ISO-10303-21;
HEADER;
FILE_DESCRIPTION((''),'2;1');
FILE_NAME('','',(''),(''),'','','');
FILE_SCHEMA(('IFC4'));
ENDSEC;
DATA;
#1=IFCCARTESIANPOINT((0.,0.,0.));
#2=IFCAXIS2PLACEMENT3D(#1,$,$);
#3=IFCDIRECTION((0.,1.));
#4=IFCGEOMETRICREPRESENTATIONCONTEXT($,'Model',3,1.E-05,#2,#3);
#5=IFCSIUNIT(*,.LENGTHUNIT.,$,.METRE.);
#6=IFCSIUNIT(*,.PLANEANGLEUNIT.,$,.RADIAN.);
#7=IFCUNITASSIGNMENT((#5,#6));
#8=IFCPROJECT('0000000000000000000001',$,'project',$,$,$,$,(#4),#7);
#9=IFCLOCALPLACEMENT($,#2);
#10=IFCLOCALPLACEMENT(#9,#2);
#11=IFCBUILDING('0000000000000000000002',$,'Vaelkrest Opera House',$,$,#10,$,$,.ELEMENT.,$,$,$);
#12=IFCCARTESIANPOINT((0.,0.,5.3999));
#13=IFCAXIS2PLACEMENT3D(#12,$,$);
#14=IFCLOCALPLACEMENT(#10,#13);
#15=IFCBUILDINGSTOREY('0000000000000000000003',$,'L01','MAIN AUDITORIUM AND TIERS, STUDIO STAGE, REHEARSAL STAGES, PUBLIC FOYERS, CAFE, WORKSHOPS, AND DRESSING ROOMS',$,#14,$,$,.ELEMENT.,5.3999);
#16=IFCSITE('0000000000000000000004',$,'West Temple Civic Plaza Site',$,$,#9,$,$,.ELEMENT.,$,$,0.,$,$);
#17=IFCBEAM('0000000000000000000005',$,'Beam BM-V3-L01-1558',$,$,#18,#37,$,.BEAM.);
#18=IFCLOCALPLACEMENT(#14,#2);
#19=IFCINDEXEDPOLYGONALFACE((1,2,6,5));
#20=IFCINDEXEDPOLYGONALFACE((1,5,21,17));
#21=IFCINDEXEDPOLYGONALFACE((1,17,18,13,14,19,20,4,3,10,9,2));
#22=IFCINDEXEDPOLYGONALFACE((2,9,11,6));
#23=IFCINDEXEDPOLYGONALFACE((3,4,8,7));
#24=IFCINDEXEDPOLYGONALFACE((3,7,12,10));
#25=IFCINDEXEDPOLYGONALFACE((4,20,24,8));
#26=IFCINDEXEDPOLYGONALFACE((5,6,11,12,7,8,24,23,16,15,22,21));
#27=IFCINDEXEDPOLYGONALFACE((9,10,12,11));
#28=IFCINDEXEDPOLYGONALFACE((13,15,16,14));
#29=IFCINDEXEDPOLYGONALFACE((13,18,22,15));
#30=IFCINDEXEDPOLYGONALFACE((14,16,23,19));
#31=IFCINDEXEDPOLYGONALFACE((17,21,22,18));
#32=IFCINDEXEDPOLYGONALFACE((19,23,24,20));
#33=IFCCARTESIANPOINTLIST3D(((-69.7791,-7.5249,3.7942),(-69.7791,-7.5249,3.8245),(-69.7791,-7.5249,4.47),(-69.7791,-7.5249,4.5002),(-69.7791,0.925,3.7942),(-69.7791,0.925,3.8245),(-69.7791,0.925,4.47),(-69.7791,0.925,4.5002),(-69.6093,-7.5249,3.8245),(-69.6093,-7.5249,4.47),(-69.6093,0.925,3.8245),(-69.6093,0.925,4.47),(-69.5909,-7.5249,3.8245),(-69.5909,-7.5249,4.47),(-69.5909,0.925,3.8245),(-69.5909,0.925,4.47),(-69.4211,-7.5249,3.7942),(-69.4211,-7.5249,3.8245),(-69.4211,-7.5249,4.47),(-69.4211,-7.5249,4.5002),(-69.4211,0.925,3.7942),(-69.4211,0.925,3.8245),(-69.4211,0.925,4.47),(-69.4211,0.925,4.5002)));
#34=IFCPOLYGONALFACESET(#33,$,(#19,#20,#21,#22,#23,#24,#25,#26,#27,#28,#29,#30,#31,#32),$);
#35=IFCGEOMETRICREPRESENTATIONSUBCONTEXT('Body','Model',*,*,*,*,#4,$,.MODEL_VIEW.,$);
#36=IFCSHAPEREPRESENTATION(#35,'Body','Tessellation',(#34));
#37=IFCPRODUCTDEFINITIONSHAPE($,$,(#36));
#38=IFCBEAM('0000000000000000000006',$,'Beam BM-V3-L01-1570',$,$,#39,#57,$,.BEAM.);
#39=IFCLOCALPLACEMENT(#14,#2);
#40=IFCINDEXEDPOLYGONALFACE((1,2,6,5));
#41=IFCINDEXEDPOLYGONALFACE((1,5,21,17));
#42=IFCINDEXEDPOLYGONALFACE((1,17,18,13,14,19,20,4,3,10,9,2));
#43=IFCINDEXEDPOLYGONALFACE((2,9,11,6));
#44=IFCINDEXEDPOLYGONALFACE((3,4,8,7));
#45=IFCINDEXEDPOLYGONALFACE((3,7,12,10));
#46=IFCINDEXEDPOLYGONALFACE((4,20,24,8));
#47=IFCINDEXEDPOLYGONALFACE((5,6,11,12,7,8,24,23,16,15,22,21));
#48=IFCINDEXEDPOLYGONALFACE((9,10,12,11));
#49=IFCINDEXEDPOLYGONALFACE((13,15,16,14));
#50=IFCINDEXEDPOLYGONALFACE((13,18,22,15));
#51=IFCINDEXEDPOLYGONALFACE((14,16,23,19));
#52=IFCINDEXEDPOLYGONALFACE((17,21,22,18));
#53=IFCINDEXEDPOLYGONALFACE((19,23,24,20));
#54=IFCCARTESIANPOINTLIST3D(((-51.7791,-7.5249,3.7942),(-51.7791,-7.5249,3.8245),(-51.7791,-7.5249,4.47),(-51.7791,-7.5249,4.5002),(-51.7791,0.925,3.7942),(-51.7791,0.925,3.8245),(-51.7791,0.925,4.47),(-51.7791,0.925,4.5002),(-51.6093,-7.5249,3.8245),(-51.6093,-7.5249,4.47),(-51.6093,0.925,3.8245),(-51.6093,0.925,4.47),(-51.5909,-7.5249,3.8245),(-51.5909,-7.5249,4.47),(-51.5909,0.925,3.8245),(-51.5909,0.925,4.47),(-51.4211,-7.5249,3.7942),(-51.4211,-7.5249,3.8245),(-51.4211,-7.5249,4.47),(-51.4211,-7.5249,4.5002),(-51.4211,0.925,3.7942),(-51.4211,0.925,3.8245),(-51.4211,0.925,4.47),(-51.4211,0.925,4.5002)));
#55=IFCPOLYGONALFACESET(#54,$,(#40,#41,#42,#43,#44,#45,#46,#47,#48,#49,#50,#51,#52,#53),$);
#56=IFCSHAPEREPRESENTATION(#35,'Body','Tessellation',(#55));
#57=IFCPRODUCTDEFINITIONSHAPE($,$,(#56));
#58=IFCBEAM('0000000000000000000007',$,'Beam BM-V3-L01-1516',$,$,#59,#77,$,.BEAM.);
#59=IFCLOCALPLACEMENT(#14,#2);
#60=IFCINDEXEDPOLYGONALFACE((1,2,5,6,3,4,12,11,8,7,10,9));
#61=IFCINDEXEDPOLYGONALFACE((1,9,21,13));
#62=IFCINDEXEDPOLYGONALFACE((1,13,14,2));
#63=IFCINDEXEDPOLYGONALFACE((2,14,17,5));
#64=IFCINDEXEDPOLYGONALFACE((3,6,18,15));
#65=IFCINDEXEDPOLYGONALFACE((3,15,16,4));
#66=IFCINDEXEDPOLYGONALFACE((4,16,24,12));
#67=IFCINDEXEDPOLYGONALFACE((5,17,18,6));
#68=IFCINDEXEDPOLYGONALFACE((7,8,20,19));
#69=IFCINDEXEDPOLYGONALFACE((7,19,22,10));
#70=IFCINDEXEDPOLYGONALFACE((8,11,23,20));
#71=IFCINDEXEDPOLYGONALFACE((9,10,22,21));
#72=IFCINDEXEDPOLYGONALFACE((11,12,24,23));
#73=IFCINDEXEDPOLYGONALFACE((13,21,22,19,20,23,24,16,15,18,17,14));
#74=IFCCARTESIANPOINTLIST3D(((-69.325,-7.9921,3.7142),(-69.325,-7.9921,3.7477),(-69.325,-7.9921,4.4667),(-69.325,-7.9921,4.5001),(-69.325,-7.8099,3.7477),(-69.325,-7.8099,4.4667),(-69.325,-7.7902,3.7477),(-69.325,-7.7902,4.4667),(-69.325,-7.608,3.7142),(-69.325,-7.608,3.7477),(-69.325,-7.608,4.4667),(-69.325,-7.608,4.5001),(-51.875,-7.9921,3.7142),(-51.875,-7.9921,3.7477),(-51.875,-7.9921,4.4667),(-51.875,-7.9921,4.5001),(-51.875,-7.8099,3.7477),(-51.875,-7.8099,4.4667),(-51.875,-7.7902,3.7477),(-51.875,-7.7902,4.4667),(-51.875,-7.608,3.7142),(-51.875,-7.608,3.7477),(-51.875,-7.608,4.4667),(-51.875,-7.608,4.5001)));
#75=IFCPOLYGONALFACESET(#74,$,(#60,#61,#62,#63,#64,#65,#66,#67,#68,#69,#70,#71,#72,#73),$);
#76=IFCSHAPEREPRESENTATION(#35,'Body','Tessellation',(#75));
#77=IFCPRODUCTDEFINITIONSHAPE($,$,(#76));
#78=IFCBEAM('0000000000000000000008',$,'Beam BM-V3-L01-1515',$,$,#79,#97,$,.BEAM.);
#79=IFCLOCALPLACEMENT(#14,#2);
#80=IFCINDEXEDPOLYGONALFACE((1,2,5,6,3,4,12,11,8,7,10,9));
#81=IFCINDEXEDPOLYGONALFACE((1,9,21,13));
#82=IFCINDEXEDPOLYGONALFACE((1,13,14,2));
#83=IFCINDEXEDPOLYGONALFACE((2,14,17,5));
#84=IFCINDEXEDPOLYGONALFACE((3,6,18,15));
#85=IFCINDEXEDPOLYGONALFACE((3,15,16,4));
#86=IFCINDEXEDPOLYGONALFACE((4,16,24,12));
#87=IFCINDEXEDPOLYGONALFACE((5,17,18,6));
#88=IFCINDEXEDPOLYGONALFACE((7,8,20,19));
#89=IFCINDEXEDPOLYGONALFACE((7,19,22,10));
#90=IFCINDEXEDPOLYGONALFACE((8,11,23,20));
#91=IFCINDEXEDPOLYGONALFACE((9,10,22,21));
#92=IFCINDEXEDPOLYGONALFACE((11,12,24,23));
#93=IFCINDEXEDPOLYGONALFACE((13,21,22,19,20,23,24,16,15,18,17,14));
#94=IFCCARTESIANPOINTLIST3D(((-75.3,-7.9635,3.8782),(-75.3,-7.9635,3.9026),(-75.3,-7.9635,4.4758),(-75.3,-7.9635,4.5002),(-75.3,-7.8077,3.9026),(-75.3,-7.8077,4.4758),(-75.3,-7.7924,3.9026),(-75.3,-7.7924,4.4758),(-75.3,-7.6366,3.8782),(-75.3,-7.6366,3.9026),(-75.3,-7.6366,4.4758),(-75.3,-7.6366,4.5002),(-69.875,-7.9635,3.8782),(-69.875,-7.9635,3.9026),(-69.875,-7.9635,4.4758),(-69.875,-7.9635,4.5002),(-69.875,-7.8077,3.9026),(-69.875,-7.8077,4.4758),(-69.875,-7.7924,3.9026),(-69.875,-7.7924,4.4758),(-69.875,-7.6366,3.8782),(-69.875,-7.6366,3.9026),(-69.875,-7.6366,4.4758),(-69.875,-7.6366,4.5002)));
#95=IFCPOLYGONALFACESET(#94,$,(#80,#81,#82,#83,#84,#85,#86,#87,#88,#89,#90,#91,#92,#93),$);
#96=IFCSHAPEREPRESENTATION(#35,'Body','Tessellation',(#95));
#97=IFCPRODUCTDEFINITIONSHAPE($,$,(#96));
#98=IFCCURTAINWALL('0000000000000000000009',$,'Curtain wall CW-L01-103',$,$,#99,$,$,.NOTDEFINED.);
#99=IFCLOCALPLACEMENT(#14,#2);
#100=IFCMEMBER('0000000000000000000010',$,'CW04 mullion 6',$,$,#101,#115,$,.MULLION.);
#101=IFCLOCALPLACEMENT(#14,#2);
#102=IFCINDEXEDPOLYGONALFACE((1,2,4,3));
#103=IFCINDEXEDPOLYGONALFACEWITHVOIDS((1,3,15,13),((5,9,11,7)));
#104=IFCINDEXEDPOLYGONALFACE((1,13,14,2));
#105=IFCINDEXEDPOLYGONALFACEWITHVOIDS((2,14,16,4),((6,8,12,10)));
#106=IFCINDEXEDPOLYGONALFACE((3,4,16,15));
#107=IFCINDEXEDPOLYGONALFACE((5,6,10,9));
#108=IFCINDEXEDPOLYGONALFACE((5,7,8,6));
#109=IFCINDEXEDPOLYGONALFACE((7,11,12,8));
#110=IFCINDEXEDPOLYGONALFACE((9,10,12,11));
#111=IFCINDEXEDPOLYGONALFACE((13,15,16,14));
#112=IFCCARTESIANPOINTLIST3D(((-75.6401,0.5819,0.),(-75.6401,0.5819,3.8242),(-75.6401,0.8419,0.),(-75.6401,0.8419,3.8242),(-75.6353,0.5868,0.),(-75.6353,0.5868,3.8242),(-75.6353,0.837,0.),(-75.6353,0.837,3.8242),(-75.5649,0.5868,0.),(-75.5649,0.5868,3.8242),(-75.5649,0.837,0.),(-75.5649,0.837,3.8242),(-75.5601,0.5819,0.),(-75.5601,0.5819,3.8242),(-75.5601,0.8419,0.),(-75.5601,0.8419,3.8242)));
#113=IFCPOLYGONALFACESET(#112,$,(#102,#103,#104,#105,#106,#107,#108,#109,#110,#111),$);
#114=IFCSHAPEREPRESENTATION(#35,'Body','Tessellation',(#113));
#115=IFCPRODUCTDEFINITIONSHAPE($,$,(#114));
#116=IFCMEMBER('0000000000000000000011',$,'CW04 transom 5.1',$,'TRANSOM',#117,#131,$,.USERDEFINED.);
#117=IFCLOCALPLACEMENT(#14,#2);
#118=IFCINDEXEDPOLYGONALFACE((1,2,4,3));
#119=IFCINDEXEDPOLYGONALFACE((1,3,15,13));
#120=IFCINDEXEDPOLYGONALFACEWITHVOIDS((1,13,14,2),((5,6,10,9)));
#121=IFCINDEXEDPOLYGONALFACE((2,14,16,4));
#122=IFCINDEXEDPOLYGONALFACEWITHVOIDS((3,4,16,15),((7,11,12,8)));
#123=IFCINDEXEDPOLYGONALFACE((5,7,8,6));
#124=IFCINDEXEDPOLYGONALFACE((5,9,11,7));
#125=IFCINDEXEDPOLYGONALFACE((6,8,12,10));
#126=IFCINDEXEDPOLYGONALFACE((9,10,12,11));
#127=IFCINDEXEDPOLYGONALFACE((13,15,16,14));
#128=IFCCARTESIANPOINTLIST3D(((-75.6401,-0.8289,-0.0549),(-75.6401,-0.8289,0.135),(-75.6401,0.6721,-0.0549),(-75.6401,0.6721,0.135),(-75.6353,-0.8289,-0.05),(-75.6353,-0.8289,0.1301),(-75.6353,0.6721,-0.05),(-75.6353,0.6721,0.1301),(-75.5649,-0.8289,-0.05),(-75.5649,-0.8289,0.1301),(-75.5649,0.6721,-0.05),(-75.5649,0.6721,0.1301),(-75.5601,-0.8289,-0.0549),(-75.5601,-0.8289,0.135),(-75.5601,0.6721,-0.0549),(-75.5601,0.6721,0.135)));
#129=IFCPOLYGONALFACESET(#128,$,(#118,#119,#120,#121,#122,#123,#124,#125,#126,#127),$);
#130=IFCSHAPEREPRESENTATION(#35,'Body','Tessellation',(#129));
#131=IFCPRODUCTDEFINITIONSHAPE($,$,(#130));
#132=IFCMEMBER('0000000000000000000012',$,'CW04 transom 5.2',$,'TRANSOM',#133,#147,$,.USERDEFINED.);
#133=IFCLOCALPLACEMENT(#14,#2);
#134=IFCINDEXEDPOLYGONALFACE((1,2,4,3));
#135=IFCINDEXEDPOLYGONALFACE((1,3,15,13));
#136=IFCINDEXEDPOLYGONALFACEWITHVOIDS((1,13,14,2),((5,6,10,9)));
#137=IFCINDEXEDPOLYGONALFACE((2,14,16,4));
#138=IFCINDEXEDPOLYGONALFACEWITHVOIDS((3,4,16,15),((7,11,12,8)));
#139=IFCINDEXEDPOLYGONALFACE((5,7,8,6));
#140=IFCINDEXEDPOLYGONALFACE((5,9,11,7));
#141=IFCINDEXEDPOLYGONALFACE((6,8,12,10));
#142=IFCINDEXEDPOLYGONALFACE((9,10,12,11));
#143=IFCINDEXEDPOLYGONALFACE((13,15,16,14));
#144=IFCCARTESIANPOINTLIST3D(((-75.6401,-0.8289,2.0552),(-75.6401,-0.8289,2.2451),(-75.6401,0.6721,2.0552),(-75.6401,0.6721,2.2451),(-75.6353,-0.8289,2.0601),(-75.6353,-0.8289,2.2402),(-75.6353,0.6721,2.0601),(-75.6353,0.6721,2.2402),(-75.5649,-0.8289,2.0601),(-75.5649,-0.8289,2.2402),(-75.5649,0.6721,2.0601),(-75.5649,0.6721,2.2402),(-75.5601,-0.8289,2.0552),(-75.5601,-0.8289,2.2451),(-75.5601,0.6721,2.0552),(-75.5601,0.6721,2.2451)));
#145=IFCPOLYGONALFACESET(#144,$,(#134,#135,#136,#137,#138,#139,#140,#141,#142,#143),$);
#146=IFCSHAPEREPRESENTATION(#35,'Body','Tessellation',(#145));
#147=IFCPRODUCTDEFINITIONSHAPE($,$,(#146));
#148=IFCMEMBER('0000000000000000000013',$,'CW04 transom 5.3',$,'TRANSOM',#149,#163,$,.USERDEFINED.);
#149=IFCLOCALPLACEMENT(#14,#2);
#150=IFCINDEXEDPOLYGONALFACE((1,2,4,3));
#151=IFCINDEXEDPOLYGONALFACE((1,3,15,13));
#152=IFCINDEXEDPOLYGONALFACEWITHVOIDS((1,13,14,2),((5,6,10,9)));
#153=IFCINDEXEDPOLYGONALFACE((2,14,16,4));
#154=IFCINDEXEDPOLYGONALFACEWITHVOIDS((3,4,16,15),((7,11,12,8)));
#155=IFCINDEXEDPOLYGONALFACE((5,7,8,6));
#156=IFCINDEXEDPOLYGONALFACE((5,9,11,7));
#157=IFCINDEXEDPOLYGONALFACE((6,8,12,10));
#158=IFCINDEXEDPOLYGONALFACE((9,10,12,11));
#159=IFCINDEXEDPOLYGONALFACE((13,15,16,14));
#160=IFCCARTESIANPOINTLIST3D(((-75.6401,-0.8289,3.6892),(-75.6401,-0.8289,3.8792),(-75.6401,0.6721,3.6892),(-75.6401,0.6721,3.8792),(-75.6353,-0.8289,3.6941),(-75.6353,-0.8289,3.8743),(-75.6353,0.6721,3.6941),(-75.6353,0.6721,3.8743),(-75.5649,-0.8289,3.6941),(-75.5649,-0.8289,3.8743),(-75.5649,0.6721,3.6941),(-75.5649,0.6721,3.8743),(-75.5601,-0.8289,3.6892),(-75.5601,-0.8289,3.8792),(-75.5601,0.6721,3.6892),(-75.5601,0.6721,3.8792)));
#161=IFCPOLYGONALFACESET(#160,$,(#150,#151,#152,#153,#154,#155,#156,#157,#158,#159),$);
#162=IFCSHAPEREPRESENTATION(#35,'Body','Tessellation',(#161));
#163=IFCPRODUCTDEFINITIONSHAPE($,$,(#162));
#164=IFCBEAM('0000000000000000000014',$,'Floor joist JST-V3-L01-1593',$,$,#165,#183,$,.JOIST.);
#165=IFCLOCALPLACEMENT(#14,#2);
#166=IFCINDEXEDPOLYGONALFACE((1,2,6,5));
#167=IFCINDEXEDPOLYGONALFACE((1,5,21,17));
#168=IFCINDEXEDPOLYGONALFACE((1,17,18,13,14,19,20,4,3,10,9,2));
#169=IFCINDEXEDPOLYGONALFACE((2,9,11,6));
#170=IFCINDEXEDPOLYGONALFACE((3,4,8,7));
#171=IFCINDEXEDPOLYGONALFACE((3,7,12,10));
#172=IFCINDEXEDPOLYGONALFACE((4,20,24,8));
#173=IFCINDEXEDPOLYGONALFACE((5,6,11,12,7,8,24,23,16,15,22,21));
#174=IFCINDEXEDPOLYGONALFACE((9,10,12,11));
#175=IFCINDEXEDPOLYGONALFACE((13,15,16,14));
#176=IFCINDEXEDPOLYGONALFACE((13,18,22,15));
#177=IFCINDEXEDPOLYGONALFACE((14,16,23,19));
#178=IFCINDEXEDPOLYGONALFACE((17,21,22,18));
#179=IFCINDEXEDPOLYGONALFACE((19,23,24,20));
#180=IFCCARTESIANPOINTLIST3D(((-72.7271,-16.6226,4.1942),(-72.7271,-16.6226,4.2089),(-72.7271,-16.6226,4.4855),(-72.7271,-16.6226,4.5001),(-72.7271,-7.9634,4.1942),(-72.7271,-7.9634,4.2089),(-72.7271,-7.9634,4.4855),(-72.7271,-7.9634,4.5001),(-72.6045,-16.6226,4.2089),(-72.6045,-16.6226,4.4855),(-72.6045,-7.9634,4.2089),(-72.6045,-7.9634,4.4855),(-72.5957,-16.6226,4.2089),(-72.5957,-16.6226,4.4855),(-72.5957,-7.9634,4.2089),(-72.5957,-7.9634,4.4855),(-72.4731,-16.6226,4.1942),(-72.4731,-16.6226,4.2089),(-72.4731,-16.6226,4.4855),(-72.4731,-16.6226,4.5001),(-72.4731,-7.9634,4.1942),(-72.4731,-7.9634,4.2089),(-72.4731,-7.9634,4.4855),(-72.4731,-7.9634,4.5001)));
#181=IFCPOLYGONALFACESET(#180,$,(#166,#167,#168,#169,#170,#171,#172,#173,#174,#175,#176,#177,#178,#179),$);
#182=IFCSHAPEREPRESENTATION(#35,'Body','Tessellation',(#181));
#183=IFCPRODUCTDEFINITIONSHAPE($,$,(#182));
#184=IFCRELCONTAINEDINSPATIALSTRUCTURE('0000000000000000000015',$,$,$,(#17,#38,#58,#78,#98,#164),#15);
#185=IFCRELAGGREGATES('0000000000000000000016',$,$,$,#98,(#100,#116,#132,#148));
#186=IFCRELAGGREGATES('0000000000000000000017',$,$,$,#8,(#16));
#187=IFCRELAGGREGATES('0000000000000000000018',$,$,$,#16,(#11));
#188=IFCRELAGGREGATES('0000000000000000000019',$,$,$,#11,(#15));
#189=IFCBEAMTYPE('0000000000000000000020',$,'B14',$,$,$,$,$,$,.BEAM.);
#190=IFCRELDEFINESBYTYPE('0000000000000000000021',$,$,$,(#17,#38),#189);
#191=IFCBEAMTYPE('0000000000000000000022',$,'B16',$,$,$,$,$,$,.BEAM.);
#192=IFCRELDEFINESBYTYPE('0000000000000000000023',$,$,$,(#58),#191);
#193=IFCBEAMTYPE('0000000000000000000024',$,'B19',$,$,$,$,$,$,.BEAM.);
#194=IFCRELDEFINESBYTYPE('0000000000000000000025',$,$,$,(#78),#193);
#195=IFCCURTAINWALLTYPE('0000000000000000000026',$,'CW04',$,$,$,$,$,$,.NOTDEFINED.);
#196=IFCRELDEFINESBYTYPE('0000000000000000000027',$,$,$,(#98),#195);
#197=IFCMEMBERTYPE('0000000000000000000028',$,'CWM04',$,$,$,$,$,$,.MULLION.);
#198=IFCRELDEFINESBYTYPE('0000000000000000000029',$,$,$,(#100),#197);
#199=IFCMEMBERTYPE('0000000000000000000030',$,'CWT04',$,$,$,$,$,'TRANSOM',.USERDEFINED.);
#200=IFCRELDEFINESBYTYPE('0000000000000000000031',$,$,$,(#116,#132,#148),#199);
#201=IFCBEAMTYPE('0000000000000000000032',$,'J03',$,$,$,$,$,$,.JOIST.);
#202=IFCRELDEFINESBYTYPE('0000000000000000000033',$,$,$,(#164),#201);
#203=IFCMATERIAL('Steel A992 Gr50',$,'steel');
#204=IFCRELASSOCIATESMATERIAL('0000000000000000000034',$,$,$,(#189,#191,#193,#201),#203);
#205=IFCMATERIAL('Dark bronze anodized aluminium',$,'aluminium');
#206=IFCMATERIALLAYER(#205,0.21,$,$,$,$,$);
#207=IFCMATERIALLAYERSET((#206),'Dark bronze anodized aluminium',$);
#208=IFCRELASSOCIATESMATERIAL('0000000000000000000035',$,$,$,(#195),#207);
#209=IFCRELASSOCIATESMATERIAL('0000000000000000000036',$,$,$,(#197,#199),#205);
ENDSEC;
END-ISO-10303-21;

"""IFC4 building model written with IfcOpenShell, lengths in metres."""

from ifc_helpers import new_model, si_unit, direction, frame, origin, origin_2d, place, context, subcontext, project, spatial, hollow_rectangle, i_section, extrude, material, layer, layer_set, material_profile, profile_set, type_object, element, aggregate, save


model = new_model("IFC4")

# Units and contexts
model_context = context("Model", 3, precision=1e-05, world=origin(), true_north=direction((0.0, 1.0)))
body_context = subcontext(model_context, "Body", "Model", "MODEL_VIEW")
ifc_project = project(units=[si_unit("LENGTHUNIT", "METRE"), si_unit("PLANEANGLEUNIT", "RADIAN")], contexts=[model_context])

# Site, building, storey
site_placement = place(None, origin())
site = spatial("IfcSite", under=ifc_project, at=site_placement, Name="West Temple Civic Plaza Site", CompositionType="ELEMENT", RefElevation=0.0)
building_placement = place(site_placement, origin())
building = spatial("IfcBuilding", under=site, at=building_placement, Name="Vaelkrest Opera House", CompositionType="ELEMENT")
storey_placement = place(building_placement, frame((0.0, 0.0, 5.3999)))
storey = spatial("IfcBuildingStorey", under=building, at=storey_placement, Name="L01", Description="MAIN AUDITORIUM AND TIERS, STUDIO STAGE, REHEARSAL STAGES, PUBLIC FOYERS, CAFE, WORKSHOPS, AND DRESSING ROOMS", CompositionType="ELEMENT", Elevation=5.3999)

# Beams
ifc_material_1 = material(Name="Steel A992 Gr50", Category="steel")
ifc_material_profile_1 = material_profile(ifc_material_1, i_section(OverallWidth=0.3579, OverallDepth=0.7061, WebThickness=0.0183, FlangeThickness=0.0303, at=origin_2d()), Name="W27X178")
ifc_profile_set_1 = profile_set([ifc_material_profile_1], Name="Steel A992 Gr50")
beam_type_1 = type_object("IfcBeamType", Name="B14", PredefinedType="BEAM", material=ifc_profile_set_1)
for number, where, z_axis, x_axis, name in (
    (1, (-69.6001, -7.5249, 4.1472), (0.0, 1.0, 0.0), (-1.0, 0.0, 0.0), "Beam BM-V3-L01-1558"),
    (2, (-51.6001, -7.5249, 4.1472), (0.0, 1.0, 0.0), (-1.0, 0.0, 0.0), "Beam BM-V3-L01-1570"),
):
    element("IfcBeam", number, at=place(storey_placement, frame(where, z_axis=z_axis, x_axis=x_axis)), inside=storey, type_object=beam_type_1, Name=name, PredefinedType="BEAM", context=body_context, shape_type="SweptSolid", body=[
        extrude(i_section(OverallWidth=0.3579, OverallDepth=0.7061, WebThickness=0.0183, FlangeThickness=0.0303, at=origin_2d()), origin(), (0.0, 0.0, 1.0), 8.45),
    ])
ifc_material_profile_2 = material_profile(ifc_material_1, i_section(OverallWidth=0.384, OverallDepth=0.7859, WebThickness=0.0198, FlangeThickness=0.0334, at=origin_2d()), Name="W30X211")
ifc_profile_set_2 = profile_set([ifc_material_profile_2], Name="Steel A992 Gr50")
beam_type_2 = type_object("IfcBeamType", Name="B16", PredefinedType="BEAM", material=ifc_profile_set_2)
beam_1_placement = place(storey_placement, frame((-69.325, -7.8, 4.1072), z_axis=(1.0, 0.0, 0.0), x_axis=(0.0, 1.0, 0.0)))
element("IfcBeam", 3, at=beam_1_placement, inside=storey, type_object=beam_type_2, Name="Beam BM-V3-L01-1516", PredefinedType="BEAM", context=body_context, shape_type="SweptSolid", body=[
    extrude(i_section(OverallWidth=0.384, OverallDepth=0.7859, WebThickness=0.0198, FlangeThickness=0.0334, at=origin_2d()), origin(), (0.0, 0.0, 1.0), 17.45),
])
ifc_material_profile_3 = material_profile(ifc_material_1, i_section(OverallWidth=0.3269, OverallDepth=0.6221, WebThickness=0.0154, FlangeThickness=0.0244, at=origin_2d()), Name="W24X131")
ifc_profile_set_3 = profile_set([ifc_material_profile_3], Name="Steel A992 Gr50")
beam_type_3 = type_object("IfcBeamType", Name="B19", PredefinedType="BEAM", material=ifc_profile_set_3)
beam_2_placement = place(storey_placement, frame((-75.3, -7.8, 4.1892), z_axis=(1.0, 0.0, 0.0), x_axis=(0.0, 1.0, 0.0)))
element("IfcBeam", 4, at=beam_2_placement, inside=storey, type_object=beam_type_3, Name="Beam BM-V3-L01-1515", PredefinedType="BEAM", context=body_context, shape_type="SweptSolid", body=[
    extrude(i_section(OverallWidth=0.3269, OverallDepth=0.6221, WebThickness=0.0154, FlangeThickness=0.0244, at=origin_2d()), origin(), (0.0, 0.0, 1.0), 5.425),
])

# Curtain wall, members
ifc_material_2 = material(Name="Dark bronze anodized aluminium", Category="aluminium")
ifc_layer_1 = layer(ifc_material_2, 0.21)
ifc_layer_set_1 = layer_set([ifc_layer_1], Name="Dark bronze anodized aluminium")
curtain_wall_type = type_object("IfcCurtainWallType", Name="CW04", PredefinedType="NOTDEFINED", material=ifc_layer_set_1)
curtain_wall_placement = place(storey_placement, origin())
curtain_wall = element("IfcCurtainWall", 5, at=curtain_wall_placement, inside=storey, type_object=curtain_wall_type, Name="Curtain wall CW-L01-103", PredefinedType="NOTDEFINED")
ifc_material_profile_4 = material_profile(ifc_material_2, hollow_rectangle(XDim=0.0801, YDim=0.26, WallThickness=0.0049, at=origin_2d()), Name="CWM80X260")
ifc_profile_set_4 = profile_set([ifc_material_profile_4], Name="Dark bronze anodized aluminium")
member_type_1 = type_object("IfcMemberType", Name="CWM04", PredefinedType="MULLION", material=ifc_profile_set_4)
member_1_placement = place(storey_placement, frame((-75.6001, 0.7119, 0.0), z_axis=(0.0, 0.0, 1.0), x_axis=(-1.0, 0.0, 0.0)))
member_1 = element("IfcMember", 6, at=member_1_placement, type_object=member_type_1, Name="CW04 mullion 6", PredefinedType="MULLION", context=body_context, shape_type="SweptSolid", body=[
    extrude(hollow_rectangle(XDim=0.0801, YDim=0.26, WallThickness=0.0049, at=origin_2d()), origin(), (0.0, 0.0, 1.0), 3.8242),
])
ifc_material_profile_5 = material_profile(ifc_material_2, hollow_rectangle(XDim=0.0801, YDim=0.1899, WallThickness=0.0049, at=origin_2d()), Name="CWT80X190")
ifc_profile_set_5 = profile_set([ifc_material_profile_5], Name="Dark bronze anodized aluminium")
member_type_2 = type_object("IfcMemberType", Name="CWT04", ElementType="TRANSOM", PredefinedType="USERDEFINED", material=ifc_profile_set_5)
member_2_placement = place(storey_placement, frame((-75.6001, -0.8289, 0.04), z_axis=(0.0, 1.0, 0.0), x_axis=(-1.0, 0.0, 0.0)))
member_2 = element("IfcMember", 7, at=member_2_placement, type_object=member_type_2, Name="CW04 transom 5.1", ObjectType="TRANSOM", PredefinedType="USERDEFINED", context=body_context, shape_type="SweptSolid", body=[
    extrude(hollow_rectangle(XDim=0.0801, YDim=0.1899, WallThickness=0.0049, at=origin_2d()), origin(), (0.0, 0.0, 1.0), 1.501),
])
member_3_placement = place(storey_placement, frame((-75.6001, -0.8289, 2.1501), z_axis=(0.0, 1.0, 0.0), x_axis=(-1.0, 0.0, 0.0)))
member_3 = element("IfcMember", 8, at=member_3_placement, type_object=member_type_2, Name="CW04 transom 5.2", ObjectType="TRANSOM", PredefinedType="USERDEFINED", context=body_context, shape_type="SweptSolid", body=[
    extrude(hollow_rectangle(XDim=0.0801, YDim=0.1899, WallThickness=0.0049, at=origin_2d()), origin(), (0.0, 0.0, 1.0), 1.501),
])
member_4_placement = place(storey_placement, frame((-75.6001, -0.8289, 3.7842), z_axis=(0.0, 1.0, 0.0), x_axis=(-1.0, 0.0, 0.0)))
member_4 = element("IfcMember", 9, at=member_4_placement, type_object=member_type_2, Name="CW04 transom 5.3", ObjectType="TRANSOM", PredefinedType="USERDEFINED", context=body_context, shape_type="SweptSolid", body=[
    extrude(hollow_rectangle(XDim=0.0801, YDim=0.1899, WallThickness=0.0049, at=origin_2d()), origin(), (0.0, 0.0, 1.0), 1.501),
])

# Beam
ifc_material_profile_6 = material_profile(ifc_material_1, i_section(OverallWidth=0.2539, OverallDepth=0.3059, WebThickness=0.0088, FlangeThickness=0.0146, at=origin_2d()), Name="W12X53")
ifc_profile_set_6 = profile_set([ifc_material_profile_6], Name="Steel A992 Gr50")
beam_type_4 = type_object("IfcBeamType", Name="J03", PredefinedType="JOIST", material=ifc_profile_set_6)
beam_3_placement = place(storey_placement, frame((-72.6001, -16.6226, 4.3472), z_axis=(0.0, 1.0, 0.0), x_axis=(-1.0, 0.0, 0.0)))
element("IfcBeam", 10, at=beam_3_placement, inside=storey, type_object=beam_type_4, Name="Floor joist JST-V3-L01-1593", PredefinedType="JOIST", context=body_context, shape_type="SweptSolid", body=[
    extrude(i_section(OverallWidth=0.2539, OverallDepth=0.3059, WebThickness=0.0088, FlangeThickness=0.0146, at=origin_2d()), origin(), (0.0, 0.0, 1.0), 8.6592),
])

aggregate(curtain_wall, [member_1, member_2, member_3, member_4])

save(model, "model.ifc")
